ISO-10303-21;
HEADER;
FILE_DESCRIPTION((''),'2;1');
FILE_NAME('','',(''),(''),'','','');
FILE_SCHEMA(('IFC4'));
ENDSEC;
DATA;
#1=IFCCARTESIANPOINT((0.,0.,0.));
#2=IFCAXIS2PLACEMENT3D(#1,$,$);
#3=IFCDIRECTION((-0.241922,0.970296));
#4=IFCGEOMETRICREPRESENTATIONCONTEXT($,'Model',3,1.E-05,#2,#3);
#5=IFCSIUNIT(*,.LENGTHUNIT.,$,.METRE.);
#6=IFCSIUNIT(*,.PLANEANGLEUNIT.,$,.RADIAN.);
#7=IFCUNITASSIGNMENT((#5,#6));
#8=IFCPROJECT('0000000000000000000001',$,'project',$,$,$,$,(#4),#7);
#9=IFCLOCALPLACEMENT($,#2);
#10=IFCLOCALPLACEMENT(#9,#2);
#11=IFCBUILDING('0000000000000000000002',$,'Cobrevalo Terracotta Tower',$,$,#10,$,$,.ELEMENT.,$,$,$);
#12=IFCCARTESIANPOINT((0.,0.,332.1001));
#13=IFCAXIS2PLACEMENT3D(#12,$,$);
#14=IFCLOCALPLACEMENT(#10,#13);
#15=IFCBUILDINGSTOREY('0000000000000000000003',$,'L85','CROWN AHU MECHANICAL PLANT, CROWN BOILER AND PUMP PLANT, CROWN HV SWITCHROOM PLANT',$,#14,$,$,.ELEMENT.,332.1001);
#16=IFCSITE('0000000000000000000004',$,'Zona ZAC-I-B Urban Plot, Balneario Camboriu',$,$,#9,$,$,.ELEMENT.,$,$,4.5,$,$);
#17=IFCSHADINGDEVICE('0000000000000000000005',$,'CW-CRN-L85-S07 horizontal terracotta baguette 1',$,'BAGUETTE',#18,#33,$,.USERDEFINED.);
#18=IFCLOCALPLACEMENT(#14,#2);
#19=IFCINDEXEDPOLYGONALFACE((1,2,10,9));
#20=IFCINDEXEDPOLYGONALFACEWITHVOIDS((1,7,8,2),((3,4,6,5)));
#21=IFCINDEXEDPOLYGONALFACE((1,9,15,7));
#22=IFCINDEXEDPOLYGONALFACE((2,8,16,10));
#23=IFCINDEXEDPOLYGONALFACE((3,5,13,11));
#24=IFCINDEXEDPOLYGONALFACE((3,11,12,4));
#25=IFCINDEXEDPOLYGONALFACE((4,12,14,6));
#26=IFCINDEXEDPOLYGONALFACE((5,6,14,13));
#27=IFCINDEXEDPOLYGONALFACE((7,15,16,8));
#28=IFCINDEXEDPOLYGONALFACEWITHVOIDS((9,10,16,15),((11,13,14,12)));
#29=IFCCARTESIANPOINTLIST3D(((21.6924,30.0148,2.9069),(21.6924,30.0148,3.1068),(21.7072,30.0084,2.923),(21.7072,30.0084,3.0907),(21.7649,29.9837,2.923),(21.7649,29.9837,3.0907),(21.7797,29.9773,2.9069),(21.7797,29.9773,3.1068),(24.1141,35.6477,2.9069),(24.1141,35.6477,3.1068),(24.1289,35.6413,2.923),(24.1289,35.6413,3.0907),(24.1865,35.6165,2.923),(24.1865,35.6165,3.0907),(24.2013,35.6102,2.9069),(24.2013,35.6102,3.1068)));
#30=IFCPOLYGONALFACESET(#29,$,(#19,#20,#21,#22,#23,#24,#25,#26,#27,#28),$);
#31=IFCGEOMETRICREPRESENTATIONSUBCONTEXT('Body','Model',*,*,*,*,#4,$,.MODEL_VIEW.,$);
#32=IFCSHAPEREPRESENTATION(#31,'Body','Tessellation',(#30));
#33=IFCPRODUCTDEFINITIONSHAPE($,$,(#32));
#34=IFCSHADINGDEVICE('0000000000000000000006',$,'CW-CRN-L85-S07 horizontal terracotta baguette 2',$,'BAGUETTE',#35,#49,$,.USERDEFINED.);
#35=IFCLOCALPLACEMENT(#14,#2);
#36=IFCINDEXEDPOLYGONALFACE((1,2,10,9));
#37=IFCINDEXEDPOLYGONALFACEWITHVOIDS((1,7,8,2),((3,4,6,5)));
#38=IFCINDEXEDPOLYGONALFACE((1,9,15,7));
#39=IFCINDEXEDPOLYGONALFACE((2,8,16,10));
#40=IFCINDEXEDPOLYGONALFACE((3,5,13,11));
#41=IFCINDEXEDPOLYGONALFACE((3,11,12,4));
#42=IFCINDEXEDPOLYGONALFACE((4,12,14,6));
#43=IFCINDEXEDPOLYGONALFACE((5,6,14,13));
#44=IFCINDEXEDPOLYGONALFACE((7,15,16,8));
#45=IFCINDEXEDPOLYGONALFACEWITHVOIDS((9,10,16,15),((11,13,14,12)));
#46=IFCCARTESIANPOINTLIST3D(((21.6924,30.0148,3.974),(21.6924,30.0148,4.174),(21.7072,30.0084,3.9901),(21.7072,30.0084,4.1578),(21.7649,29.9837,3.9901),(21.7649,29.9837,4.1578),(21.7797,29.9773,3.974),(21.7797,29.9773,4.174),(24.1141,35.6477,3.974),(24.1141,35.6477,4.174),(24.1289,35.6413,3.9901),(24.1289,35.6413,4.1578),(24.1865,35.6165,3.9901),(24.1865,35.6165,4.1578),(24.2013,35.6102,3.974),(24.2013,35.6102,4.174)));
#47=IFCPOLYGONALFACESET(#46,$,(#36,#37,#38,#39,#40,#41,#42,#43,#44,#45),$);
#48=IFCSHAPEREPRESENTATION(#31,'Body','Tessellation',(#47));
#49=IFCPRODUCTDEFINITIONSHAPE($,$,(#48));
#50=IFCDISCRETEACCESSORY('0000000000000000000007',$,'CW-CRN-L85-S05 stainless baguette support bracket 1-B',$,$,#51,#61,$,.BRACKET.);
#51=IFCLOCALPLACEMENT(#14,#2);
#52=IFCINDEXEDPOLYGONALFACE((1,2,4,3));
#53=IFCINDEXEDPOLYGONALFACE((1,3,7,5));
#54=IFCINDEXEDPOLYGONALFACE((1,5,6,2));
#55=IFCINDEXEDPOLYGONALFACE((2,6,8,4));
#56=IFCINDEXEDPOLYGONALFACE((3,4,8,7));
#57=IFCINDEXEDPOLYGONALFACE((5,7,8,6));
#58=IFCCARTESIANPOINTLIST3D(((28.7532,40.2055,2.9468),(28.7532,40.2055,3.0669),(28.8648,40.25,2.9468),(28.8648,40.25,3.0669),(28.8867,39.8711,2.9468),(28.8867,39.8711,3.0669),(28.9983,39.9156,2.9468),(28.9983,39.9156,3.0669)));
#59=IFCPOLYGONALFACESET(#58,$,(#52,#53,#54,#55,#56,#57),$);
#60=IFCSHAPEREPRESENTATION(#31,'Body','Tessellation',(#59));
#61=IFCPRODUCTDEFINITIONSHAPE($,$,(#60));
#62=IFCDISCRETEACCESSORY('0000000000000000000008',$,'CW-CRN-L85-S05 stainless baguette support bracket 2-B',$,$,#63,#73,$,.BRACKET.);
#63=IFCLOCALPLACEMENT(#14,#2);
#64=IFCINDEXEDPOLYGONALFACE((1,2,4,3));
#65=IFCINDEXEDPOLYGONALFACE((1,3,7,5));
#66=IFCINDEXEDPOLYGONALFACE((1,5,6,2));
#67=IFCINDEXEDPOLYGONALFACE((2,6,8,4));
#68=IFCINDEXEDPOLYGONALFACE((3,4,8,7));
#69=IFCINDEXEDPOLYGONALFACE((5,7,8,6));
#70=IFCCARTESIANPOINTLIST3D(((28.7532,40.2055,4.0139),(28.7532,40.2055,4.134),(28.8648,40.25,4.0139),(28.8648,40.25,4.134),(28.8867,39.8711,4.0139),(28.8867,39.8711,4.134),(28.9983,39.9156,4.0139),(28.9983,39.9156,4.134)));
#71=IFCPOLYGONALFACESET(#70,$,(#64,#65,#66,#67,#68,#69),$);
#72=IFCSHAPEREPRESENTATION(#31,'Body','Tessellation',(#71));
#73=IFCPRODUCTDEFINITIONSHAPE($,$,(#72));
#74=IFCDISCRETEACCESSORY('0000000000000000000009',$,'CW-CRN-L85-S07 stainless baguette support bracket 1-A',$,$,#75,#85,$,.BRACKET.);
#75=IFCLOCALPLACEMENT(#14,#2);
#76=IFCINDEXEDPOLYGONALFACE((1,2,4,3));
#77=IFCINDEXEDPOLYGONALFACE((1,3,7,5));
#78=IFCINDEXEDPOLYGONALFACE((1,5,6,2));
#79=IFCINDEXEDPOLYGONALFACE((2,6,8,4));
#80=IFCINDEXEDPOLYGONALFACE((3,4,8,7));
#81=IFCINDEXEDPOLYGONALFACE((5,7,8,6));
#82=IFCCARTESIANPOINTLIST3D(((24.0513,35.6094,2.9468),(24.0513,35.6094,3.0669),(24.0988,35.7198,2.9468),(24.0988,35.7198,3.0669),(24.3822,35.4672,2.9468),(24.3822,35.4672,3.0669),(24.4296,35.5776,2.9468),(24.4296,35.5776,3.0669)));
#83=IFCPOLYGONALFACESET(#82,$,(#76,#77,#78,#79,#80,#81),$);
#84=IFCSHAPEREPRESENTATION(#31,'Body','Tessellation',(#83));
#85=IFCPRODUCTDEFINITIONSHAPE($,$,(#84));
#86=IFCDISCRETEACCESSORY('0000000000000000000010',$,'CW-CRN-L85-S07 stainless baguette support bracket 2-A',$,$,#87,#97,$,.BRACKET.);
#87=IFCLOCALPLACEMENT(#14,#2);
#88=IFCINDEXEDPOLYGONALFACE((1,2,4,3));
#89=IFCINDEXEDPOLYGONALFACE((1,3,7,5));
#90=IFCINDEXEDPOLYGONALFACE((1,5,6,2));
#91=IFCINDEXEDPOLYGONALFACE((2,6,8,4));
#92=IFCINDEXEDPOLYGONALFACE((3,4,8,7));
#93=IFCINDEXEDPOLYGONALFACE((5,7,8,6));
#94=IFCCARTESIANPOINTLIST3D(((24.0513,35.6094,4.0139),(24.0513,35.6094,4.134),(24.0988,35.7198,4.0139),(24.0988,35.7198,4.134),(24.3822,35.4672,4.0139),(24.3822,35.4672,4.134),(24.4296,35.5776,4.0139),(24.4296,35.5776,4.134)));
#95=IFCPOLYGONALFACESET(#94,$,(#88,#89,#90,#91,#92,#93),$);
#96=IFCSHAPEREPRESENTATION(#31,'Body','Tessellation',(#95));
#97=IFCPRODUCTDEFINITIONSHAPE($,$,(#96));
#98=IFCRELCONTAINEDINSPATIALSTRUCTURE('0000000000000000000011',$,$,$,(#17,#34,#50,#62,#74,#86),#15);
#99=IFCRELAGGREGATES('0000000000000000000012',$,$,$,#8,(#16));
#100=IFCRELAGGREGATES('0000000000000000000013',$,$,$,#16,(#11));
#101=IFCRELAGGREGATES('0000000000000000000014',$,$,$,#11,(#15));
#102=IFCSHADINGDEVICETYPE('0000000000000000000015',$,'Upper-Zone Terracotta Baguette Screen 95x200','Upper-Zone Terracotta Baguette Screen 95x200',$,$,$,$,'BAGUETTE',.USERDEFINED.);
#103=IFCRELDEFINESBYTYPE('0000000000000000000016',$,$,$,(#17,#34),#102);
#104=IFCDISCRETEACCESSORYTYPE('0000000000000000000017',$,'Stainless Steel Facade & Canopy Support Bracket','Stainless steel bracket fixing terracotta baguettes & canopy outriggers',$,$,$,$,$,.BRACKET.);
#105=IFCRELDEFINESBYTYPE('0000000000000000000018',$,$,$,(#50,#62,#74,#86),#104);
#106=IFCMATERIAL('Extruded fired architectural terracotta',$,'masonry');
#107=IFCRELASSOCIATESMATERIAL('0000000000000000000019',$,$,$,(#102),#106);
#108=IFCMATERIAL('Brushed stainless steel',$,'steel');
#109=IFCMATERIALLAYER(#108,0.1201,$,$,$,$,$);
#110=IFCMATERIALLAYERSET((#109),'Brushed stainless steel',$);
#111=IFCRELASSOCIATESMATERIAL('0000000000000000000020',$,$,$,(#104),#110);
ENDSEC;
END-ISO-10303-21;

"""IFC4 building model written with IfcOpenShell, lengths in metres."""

from ifc_helpers import new_model, si_unit, direction, frame, origin, origin_2d, place, context, subcontext, project, spatial, rectangle, hollow_rectangle, extrude, source, transform, mapped, material, layer, layer_set, material_profile, profile_set, type_object, element, save


model = new_model("IFC4")

# Units and contexts
model_context = context("Model", 3, precision=1e-05, world=origin(), true_north=direction((-0.241922, 0.970296)))
body_context = subcontext(model_context, "Body", "Model", "MODEL_VIEW")
ifc_project = project(units=[si_unit("LENGTHUNIT", "METRE"), si_unit("PLANEANGLEUNIT", "RADIAN")], contexts=[model_context])

# Site, building, storey
site_placement = place(None, origin())
site = spatial("IfcSite", under=ifc_project, at=site_placement, Name="Zona ZAC-I-B Urban Plot, Balneario Camboriu", CompositionType="ELEMENT", RefElevation=4.5)
building_placement = place(site_placement, origin())
building = spatial("IfcBuilding", under=site, at=building_placement, Name="Cobrevalo Terracotta Tower", CompositionType="ELEMENT")
storey_placement = place(building_placement, frame((0.0, 0.0, 332.1001)))
storey = spatial("IfcBuildingStorey", under=building, at=storey_placement, Name="L85", Description="CROWN AHU MECHANICAL PLANT, CROWN BOILER AND PUMP PLANT, CROWN HV SWITCHROOM PLANT", CompositionType="ELEMENT", Elevation=332.1001)

# Shading devices
ifc_material_1 = material(Name="Extruded fired architectural terracotta", Category="masonry")
ifc_material_profile_1 = material_profile(ifc_material_1, hollow_rectangle(XDim=0.095, YDim=0.2, WallThickness=0.0161, at=origin_2d()), Name="BAGUETTE 95x200")
ifc_profile_set_1 = profile_set([ifc_material_profile_1], Name="Extruded fired architectural terracotta")
shading_device_type = type_object("IfcShadingDeviceType", Name="Upper-Zone Terracotta Baguette Screen 95x200", Description="Upper-Zone Terracotta Baguette Screen 95x200", ElementType="BAGUETTE", PredefinedType="USERDEFINED", material=ifc_profile_set_1)
shared_shape_1 = source(origin(), body_context, "Body", "SweptSolid", [
    extrude(hollow_rectangle(XDim=0.095, YDim=0.2, WallThickness=0.0161, at=origin_2d()), origin(), (0.0, 0.0, 1.0), 6.1313),
])
for number, where, z_axis, x_axis, name in (
    (1, (24.1577, 35.6289, 3.0068), (-0.394962, -0.918698, 0.0), (0.918698, -0.394962, 0.0), "CW-CRN-L85-S07 horizontal terracotta baguette 1"),
    (2, (24.1577, 35.6289, 4.074), (-0.394962, -0.918698, 0.0), (0.918698, -0.394962, 0.0), "CW-CRN-L85-S07 horizontal terracotta baguette 2"),
):
    element("IfcShadingDevice", number, at=place(storey_placement, frame(where, z_axis=z_axis, x_axis=x_axis)), inside=storey, type_object=shading_device_type, Name=name, ObjectType="BAGUETTE", PredefinedType="USERDEFINED", context=body_context, shape_type="MappedRepresentation", body=[
        mapped(shared_shape_1, transform((0.0, 0.0, 0.0), scale=1.0)),
    ])

# Discrete accessories
ifc_material_2 = material(Name="Brushed stainless steel", Category="steel")
ifc_layer_1 = layer(ifc_material_2, 0.1201)
ifc_layer_set_1 = layer_set([ifc_layer_1], Name="Brushed stainless steel")
discrete_accessory_type = type_object("IfcDiscreteAccessoryType", Name="Stainless Steel Facade & Canopy Support Bracket", Description="Stainless steel bracket fixing terracotta baguettes & canopy outriggers", PredefinedType="BRACKET", material=ifc_layer_set_1)
shared_shape_2 = source(origin(), body_context, "Body", "SweptSolid", [
    extrude(rectangle(XDim=0.1201, YDim=0.3601, at=origin_2d()), origin(), (0.0, 0.0, 1.0), 0.1201),
])
for number, where, z_axis, x_axis, name in (
    (3, (28.8757, 40.0605, 2.9468), (0.0, 0.0, 1.0), (-0.928769, -0.37066, 0.0), "CW-CRN-L85-S05 stainless baguette support bracket 1-B"),
    (4, (28.8757, 40.0605, 4.0139), (0.0, 0.0, 1.0), (-0.928769, -0.37066, 0.0), "CW-CRN-L85-S05 stainless baguette support bracket 2-B"),
    (5, (24.2405, 35.5935, 2.9468), (0.0, 0.0, 1.0), (-0.39496, -0.918698, 0.0), "CW-CRN-L85-S07 stainless baguette support bracket 1-A"),
    (6, (24.2405, 35.5935, 4.0139), (0.0, 0.0, 1.0), (-0.39496, -0.918698, 0.0), "CW-CRN-L85-S07 stainless baguette support bracket 2-A"),
):
    element("IfcDiscreteAccessory", number, at=place(storey_placement, frame(where, z_axis=z_axis, x_axis=x_axis)), inside=storey, type_object=discrete_accessory_type, Name=name, PredefinedType="BRACKET", context=body_context, shape_type="MappedRepresentation", body=[
        mapped(shared_shape_2, transform((0.0, 0.0, 0.0), scale=1.0)),
    ])

save(model, "model.ifc")
